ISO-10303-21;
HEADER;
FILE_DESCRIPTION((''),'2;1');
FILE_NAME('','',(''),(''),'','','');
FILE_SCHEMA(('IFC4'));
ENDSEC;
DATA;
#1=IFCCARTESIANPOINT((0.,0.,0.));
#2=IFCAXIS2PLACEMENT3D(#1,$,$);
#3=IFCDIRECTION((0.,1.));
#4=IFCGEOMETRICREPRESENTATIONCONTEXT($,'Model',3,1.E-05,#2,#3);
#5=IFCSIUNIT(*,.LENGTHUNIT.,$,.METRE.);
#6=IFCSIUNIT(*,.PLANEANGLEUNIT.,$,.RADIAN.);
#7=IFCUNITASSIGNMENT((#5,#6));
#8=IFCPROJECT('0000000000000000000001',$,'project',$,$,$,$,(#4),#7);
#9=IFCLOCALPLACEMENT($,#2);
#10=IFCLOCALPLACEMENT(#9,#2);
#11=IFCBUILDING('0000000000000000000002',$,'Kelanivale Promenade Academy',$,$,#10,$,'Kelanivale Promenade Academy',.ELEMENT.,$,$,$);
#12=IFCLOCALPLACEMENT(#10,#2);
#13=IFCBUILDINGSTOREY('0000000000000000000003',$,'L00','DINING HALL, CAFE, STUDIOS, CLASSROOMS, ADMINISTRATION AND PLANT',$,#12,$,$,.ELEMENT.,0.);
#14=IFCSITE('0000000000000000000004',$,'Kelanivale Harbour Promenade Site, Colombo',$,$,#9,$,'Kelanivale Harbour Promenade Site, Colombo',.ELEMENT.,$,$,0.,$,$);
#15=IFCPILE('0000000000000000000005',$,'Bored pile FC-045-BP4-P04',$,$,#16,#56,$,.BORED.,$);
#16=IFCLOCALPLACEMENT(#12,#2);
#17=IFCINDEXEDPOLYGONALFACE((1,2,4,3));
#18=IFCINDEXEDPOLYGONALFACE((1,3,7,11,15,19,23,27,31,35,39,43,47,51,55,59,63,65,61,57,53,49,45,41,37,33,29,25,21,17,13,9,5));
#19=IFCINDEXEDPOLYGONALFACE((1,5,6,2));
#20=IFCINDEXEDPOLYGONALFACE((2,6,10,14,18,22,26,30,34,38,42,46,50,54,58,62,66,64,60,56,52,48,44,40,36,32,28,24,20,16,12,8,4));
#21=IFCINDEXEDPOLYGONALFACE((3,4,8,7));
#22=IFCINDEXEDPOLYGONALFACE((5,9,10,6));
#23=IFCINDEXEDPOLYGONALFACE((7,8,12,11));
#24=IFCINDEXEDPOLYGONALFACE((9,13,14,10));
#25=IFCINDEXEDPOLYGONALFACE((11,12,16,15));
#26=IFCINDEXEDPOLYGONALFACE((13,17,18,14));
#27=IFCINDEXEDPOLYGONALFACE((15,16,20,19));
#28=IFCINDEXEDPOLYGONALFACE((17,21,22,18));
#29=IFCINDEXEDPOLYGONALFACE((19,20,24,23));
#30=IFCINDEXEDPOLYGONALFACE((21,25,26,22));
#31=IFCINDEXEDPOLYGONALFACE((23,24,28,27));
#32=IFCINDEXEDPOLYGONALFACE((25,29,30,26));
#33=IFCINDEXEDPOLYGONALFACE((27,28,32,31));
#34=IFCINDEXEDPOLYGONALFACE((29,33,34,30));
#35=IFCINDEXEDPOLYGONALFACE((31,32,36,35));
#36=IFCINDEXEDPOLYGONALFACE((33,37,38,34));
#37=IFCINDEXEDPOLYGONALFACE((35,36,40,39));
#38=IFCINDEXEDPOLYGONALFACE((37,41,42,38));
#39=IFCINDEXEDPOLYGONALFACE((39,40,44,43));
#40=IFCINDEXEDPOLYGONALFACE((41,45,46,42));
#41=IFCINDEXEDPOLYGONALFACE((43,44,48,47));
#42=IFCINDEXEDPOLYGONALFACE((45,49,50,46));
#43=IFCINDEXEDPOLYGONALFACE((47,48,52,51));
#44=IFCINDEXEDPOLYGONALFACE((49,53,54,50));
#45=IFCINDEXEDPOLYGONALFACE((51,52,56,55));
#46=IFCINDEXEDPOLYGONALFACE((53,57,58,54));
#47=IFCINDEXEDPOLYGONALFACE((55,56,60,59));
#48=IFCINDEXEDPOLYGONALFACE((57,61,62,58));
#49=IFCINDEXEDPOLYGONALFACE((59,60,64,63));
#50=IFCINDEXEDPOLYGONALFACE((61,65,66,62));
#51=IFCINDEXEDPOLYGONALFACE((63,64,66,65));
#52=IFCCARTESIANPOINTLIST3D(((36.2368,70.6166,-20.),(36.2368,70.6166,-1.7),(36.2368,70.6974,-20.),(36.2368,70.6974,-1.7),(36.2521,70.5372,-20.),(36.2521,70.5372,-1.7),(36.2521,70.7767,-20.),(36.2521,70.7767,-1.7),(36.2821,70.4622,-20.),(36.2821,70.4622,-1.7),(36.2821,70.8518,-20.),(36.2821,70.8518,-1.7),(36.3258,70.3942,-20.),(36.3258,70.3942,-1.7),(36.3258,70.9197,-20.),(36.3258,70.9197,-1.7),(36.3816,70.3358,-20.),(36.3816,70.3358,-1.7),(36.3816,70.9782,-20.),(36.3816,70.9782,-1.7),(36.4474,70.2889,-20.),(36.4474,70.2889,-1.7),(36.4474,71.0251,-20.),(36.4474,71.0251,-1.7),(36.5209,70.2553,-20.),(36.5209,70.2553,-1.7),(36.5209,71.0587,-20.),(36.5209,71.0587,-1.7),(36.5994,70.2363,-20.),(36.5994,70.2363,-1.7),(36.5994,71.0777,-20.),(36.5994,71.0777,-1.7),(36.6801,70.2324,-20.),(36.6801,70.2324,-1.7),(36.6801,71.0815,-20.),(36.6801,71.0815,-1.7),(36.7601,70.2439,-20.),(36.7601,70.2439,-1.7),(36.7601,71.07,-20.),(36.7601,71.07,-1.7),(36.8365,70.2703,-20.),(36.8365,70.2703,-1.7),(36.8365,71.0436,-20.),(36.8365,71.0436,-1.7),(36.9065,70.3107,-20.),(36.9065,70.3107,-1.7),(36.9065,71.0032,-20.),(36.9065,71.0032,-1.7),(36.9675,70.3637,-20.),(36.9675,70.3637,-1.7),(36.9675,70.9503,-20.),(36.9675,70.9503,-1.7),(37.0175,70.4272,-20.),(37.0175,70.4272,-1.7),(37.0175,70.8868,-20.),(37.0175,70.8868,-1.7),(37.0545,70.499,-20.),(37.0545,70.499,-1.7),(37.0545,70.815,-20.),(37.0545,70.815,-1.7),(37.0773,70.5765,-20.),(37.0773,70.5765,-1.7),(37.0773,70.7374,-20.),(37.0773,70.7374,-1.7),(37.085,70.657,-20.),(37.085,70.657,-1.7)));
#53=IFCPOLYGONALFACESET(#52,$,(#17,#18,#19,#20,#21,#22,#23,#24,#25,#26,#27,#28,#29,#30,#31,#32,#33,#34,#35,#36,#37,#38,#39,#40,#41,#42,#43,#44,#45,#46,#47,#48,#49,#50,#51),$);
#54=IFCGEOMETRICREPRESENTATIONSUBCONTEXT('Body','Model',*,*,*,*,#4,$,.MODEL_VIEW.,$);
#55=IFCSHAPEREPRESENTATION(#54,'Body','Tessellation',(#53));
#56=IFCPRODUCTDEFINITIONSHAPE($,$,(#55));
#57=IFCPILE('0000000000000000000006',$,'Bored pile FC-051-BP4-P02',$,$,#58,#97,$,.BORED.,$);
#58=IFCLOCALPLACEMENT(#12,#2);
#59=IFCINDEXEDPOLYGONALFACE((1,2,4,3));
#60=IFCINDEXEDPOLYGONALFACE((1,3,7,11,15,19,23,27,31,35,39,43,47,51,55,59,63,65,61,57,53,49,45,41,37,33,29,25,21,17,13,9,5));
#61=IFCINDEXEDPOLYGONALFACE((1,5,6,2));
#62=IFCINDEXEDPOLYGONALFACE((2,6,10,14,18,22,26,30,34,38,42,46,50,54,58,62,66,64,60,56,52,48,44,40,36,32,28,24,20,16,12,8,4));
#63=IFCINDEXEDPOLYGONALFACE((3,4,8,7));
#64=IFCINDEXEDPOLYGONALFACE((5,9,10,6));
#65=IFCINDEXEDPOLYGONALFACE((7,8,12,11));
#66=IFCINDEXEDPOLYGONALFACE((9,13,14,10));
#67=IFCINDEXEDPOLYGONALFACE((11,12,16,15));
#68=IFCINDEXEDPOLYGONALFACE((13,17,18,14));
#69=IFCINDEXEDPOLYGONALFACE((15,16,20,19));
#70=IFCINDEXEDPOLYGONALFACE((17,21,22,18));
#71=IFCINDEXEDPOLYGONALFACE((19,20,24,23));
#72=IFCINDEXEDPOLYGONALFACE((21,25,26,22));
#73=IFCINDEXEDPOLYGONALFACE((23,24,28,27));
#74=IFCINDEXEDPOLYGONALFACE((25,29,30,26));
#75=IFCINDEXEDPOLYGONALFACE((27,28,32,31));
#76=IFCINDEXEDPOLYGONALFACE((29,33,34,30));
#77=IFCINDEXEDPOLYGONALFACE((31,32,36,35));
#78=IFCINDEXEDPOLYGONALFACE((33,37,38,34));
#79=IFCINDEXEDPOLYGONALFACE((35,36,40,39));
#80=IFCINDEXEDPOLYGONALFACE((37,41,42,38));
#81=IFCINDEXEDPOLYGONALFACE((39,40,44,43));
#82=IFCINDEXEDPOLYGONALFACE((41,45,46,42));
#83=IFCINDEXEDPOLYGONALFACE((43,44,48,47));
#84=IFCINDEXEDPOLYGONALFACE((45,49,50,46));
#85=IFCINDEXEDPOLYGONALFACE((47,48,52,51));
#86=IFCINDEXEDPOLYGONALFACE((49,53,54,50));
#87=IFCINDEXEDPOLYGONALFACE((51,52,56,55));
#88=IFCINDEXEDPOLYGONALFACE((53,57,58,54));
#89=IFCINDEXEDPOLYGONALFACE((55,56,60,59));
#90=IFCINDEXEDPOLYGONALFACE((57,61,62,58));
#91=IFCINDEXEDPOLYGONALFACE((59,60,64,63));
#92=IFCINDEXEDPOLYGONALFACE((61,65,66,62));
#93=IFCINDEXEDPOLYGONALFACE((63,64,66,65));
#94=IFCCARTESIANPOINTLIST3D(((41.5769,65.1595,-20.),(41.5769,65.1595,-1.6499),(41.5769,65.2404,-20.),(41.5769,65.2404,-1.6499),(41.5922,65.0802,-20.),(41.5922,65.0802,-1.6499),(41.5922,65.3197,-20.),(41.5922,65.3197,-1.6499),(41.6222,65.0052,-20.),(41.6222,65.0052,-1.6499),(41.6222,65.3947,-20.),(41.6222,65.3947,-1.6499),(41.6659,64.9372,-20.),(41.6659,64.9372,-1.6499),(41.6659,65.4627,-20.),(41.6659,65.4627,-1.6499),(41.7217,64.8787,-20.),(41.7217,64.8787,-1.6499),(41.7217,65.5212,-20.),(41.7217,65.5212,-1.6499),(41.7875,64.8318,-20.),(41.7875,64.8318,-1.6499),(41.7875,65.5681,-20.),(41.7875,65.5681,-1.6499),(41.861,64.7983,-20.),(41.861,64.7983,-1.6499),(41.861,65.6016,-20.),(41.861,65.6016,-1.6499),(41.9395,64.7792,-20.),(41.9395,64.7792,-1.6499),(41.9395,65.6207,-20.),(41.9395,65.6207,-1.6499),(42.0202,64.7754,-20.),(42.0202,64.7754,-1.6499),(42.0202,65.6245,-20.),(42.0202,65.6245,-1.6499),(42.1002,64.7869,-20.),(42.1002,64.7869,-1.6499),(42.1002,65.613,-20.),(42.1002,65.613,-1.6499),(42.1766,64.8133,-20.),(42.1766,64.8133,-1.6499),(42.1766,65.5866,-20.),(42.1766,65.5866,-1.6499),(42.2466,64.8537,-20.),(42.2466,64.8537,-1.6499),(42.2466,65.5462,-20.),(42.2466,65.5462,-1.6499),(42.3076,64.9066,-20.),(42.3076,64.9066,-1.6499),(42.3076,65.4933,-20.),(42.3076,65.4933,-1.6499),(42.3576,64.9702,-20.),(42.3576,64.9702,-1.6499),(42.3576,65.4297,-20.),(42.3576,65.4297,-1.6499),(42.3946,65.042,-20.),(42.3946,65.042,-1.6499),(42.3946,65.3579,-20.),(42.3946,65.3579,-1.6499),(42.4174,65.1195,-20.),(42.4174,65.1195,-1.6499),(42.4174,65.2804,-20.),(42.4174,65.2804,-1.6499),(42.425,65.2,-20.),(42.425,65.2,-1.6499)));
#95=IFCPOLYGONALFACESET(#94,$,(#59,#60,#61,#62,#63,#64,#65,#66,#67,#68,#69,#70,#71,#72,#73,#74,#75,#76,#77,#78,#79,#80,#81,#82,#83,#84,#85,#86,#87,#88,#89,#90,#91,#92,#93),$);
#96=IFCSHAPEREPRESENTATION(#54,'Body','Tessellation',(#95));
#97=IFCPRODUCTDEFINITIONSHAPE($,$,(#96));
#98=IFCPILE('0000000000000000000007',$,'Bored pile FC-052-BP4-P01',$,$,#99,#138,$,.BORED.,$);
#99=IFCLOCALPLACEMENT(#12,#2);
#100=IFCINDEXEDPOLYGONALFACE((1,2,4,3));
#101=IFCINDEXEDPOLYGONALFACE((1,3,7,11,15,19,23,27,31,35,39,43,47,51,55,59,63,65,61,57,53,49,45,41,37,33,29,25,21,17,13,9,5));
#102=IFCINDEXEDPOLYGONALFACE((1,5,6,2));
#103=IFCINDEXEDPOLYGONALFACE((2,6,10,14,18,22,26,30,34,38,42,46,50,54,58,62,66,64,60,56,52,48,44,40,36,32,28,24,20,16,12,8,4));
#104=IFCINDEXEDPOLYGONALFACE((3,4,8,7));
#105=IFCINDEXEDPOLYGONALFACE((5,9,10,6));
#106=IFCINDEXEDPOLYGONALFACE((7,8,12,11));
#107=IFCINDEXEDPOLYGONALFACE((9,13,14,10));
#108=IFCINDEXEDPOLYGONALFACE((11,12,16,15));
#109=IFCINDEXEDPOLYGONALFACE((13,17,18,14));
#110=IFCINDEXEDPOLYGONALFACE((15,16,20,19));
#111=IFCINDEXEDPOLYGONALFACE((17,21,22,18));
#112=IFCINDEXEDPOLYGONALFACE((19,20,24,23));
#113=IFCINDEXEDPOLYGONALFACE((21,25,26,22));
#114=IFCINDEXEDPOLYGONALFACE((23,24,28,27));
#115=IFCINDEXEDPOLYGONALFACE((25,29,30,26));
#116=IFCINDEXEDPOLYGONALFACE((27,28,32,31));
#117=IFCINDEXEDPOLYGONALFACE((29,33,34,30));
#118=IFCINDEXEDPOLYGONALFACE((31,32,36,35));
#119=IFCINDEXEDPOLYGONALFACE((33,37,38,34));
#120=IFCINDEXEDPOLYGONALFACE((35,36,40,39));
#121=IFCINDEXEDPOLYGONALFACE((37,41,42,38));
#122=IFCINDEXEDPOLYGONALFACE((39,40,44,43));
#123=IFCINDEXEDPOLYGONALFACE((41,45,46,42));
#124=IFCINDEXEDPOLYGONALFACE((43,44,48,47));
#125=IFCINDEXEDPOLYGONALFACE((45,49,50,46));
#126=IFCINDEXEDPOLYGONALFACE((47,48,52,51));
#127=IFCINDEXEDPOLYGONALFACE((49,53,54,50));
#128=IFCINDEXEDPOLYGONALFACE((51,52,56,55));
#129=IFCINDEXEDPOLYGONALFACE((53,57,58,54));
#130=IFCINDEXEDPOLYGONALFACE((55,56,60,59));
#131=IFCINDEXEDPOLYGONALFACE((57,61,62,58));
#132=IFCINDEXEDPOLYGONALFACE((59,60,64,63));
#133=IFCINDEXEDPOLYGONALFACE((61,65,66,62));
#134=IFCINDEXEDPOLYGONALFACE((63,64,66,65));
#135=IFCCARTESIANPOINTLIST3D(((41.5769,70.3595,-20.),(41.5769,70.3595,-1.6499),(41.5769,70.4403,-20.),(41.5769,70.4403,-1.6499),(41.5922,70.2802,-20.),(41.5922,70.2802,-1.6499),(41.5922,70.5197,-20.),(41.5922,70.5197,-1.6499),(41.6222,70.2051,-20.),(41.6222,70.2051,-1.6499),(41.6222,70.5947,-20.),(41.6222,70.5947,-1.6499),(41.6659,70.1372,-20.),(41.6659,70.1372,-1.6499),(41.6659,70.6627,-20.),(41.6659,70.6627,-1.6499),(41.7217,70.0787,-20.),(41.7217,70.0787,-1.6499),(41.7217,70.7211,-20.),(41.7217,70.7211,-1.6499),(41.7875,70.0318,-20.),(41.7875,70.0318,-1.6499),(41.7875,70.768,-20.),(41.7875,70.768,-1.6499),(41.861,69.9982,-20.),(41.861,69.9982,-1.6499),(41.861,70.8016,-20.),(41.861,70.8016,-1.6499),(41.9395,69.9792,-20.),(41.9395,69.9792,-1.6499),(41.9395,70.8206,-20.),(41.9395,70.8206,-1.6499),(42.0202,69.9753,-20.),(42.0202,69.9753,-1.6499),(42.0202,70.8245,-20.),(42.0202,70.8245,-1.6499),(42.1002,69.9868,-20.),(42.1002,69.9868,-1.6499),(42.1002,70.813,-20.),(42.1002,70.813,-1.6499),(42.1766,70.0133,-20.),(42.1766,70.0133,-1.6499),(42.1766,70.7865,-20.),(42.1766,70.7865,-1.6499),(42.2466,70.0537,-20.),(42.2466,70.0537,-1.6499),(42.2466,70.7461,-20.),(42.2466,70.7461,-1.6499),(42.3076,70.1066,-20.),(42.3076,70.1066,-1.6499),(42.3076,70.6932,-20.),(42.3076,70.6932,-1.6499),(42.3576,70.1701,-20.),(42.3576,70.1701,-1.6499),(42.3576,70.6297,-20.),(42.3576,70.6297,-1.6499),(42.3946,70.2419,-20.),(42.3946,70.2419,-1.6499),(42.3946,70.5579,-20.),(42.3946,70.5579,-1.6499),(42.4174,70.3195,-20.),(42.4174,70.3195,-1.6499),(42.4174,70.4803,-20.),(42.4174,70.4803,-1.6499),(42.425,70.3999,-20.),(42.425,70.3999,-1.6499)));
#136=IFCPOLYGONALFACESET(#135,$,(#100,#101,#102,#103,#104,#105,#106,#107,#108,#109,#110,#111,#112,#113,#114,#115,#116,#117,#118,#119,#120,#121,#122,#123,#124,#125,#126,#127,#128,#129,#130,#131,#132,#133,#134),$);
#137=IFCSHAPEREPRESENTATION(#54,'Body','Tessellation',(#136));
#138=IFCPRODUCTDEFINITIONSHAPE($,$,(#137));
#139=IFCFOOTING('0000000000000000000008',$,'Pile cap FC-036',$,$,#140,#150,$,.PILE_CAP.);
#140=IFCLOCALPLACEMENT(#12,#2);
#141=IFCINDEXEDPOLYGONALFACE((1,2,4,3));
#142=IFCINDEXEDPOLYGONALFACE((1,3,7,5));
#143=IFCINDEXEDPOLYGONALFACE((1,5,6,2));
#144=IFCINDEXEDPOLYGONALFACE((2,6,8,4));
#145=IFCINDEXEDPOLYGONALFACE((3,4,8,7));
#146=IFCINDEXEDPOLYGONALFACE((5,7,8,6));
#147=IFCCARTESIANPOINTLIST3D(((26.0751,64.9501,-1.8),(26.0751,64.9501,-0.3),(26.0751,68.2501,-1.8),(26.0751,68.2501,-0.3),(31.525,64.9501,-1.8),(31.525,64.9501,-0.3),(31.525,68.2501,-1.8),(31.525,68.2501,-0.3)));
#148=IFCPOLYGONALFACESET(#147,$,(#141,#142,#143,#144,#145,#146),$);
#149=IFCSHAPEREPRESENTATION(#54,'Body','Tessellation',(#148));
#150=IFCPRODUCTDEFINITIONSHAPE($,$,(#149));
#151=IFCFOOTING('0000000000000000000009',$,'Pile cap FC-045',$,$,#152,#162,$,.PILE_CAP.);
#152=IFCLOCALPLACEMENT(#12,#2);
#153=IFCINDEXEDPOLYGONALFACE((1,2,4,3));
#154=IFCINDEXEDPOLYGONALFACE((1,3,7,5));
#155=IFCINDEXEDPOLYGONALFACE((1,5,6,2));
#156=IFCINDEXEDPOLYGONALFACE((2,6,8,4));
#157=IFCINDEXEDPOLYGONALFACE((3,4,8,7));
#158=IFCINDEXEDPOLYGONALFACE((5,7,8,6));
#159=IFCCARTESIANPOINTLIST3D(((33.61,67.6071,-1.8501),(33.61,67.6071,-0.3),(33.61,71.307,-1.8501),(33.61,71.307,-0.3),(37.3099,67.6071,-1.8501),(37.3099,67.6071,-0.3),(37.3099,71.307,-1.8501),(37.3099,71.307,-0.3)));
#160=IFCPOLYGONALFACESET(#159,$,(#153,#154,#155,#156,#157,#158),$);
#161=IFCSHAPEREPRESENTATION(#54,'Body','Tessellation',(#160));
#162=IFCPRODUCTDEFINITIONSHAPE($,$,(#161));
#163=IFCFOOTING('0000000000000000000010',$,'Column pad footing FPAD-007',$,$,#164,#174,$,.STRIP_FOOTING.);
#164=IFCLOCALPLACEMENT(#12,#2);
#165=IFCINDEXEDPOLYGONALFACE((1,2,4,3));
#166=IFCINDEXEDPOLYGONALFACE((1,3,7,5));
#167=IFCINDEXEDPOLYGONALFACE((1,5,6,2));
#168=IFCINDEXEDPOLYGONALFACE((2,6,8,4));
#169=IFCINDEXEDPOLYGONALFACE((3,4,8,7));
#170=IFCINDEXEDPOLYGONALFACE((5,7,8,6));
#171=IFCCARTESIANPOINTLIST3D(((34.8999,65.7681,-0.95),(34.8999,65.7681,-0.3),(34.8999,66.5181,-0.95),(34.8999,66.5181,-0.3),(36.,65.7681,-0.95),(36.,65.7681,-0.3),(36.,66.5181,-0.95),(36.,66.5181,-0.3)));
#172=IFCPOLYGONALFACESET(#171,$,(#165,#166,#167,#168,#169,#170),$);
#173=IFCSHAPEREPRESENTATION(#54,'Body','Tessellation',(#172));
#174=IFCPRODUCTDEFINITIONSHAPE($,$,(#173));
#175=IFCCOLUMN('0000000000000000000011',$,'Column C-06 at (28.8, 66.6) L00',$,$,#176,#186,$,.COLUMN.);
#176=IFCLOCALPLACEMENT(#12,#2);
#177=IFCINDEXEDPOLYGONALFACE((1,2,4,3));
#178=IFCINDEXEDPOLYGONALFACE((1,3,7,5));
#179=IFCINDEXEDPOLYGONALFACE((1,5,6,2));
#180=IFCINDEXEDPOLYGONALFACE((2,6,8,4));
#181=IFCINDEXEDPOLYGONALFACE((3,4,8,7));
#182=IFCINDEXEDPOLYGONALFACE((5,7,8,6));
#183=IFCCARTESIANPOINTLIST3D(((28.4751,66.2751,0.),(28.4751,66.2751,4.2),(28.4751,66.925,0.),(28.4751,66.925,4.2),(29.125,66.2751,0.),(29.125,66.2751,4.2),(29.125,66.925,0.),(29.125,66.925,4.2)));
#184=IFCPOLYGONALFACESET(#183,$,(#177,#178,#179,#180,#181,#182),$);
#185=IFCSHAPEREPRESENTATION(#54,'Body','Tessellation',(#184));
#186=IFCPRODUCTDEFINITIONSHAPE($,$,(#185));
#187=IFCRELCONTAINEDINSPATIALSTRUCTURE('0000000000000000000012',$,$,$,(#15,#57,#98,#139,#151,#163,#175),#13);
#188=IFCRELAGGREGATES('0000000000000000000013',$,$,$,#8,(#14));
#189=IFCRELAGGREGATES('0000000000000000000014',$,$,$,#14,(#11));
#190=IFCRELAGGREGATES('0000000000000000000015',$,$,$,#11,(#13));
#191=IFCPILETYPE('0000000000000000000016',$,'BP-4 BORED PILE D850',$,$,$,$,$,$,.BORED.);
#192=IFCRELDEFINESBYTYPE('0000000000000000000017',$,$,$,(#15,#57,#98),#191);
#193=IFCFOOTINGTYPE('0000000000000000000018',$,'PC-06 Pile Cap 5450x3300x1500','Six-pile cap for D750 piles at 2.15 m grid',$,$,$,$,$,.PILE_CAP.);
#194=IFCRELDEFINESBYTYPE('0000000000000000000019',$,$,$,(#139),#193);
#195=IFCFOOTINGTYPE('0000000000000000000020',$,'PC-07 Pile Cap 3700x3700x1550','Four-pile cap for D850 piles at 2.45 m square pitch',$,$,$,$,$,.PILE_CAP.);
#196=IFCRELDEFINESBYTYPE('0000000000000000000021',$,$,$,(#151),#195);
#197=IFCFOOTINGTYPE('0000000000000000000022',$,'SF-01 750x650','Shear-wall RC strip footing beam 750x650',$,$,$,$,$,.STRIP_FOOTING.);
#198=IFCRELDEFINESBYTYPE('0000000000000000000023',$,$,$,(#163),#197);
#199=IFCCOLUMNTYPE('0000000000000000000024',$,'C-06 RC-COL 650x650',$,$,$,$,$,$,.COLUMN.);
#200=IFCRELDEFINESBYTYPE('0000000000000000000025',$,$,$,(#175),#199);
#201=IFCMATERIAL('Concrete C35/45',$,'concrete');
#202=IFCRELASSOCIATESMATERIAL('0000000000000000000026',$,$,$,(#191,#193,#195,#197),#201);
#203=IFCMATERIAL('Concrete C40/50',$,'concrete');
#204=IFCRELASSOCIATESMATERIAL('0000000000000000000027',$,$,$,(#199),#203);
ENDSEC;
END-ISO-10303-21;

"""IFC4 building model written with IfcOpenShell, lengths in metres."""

from ifc_helpers import new_model, si_unit, direction, frame, origin, origin_2d, place, context, subcontext, project, spatial, rectangle, circle, extrude, material, material_profile, profile_set, type_object, element, save


model = new_model("IFC4")

# Units and contexts
model_context = context("Model", 3, precision=1e-05, world=origin(), true_north=direction((0.0, 1.0)))
body_context = subcontext(model_context, "Body", "Model", "MODEL_VIEW")
ifc_project = project(units=[si_unit("LENGTHUNIT", "METRE"), si_unit("PLANEANGLEUNIT", "RADIAN")], contexts=[model_context])

# Site, building, storey
site_placement = place(None, origin())
site = spatial("IfcSite", under=ifc_project, at=site_placement, Name="Kelanivale Harbour Promenade Site, Colombo", LongName="Kelanivale Harbour Promenade Site, Colombo", CompositionType="ELEMENT", RefElevation=0.0)
building_placement = place(site_placement, origin())
building = spatial("IfcBuilding", under=site, at=building_placement, Name="Kelanivale Promenade Academy", LongName="Kelanivale Promenade Academy", CompositionType="ELEMENT")
storey_placement = place(building_placement, origin())
storey = spatial("IfcBuildingStorey", under=building, at=storey_placement, Name="L00", Description="DINING HALL, CAFE, STUDIOS, CLASSROOMS, ADMINISTRATION AND PLANT", CompositionType="ELEMENT", Elevation=0.0)

# Piles
ifc_material_1 = material(Name="Concrete C35/45", Category="concrete")
ifc_material_profile_1 = material_profile(ifc_material_1, circle(Radius=0.425, at=origin_2d()), Name="BORED PILE D850")
ifc_profile_set_1 = profile_set([ifc_material_profile_1], Name="Concrete C35/45")
pile_type_1 = type_object("IfcPileType", Name="BP-4 BORED PILE D850", PredefinedType="BORED", material=ifc_profile_set_1)
for number, where, z_axis, x_axis, name in (
    (1, (36.6599, 70.657, -1.7), (0.0, 0.0, -1.0), (1.0, 0.0, 0.0), "Bored pile FC-045-BP4-P04"),
):
    element("IfcPile", number, at=place(storey_placement, frame(where, z_axis=z_axis, x_axis=x_axis)), inside=storey, type_object=pile_type_1, Name=name, PredefinedType="BORED", context=body_context, shape_type="SweptSolid", body=[
        extrude(circle(Radius=0.425, at=origin_2d()), origin(), (0.0, 0.0, 1.0), 18.3),
    ])
for number, where, z_axis, x_axis, name in (
    (2, (42.0, 65.2, -1.6499), (0.0, 0.0, -1.0), (1.0, 0.0, 0.0), "Bored pile FC-051-BP4-P02"),
    (3, (42.0, 70.3999, -1.6499), (0.0, 0.0, -1.0), (1.0, 0.0, 0.0), "Bored pile FC-052-BP4-P01"),
):
    element("IfcPile", number, at=place(storey_placement, frame(where, z_axis=z_axis, x_axis=x_axis)), inside=storey, type_object=pile_type_1, Name=name, PredefinedType="BORED", context=body_context, shape_type="SweptSolid", body=[
        extrude(circle(Radius=0.425, at=origin_2d()), origin(), (0.0, 0.0, 1.0), 18.3501),
    ])

# Footings
footing_type_1 = type_object("IfcFootingType", Name="PC-06 Pile Cap 5450x3300x1500", Description="Six-pile cap for D750 piles at 2.15 m grid", PredefinedType="PILE_CAP", material=ifc_material_1)
footing_1_placement = place(storey_placement, frame((28.8, 66.6001, -1.8), z_axis=(0.0, 0.0, 1.0), x_axis=(1.0, 0.0, 0.0)))
element("IfcFooting", 4, at=footing_1_placement, inside=storey, type_object=footing_type_1, Name="Pile cap FC-036", PredefinedType="PILE_CAP", context=body_context, shape_type="SweptSolid", body=[
    extrude(rectangle(XDim=5.45, YDim=3.3, at=origin_2d()), origin(), (0.0, 0.0, 1.0), 1.5),
])
footing_type_2 = type_object("IfcFootingType", Name="PC-07 Pile Cap 3700x3700x1550", Description="Four-pile cap for D850 piles at 2.45 m square pitch", PredefinedType="PILE_CAP", material=ifc_material_1)
footing_2_placement = place(storey_placement, frame((35.46, 69.457, -1.8501), z_axis=(0.0, 0.0, 1.0), x_axis=(1.0, 0.0, 0.0)))
element("IfcFooting", 5, at=footing_2_placement, inside=storey, type_object=footing_type_2, Name="Pile cap FC-045", PredefinedType="PILE_CAP", context=body_context, shape_type="SweptSolid", body=[
    extrude(rectangle(XDim=3.7, YDim=3.7, at=origin_2d()), origin(), (0.0, 0.0, 1.0), 1.55),
])
footing_type_3 = type_object("IfcFootingType", Name="SF-01 750x650", Description="Shear-wall RC strip footing beam 750x650", PredefinedType="STRIP_FOOTING", material=ifc_material_1)
footing_3_placement = place(storey_placement, frame((35.45, 66.1431, -0.95), z_axis=(0.0, 0.0, 1.0), x_axis=(1.0, 0.0, 0.0)))
element("IfcFooting", 6, at=footing_3_placement, inside=storey, type_object=footing_type_3, Name="Column pad footing FPAD-007", PredefinedType="STRIP_FOOTING", context=body_context, shape_type="SweptSolid", body=[
    extrude(rectangle(XDim=1.1001, YDim=0.75, at=origin_2d()), origin(), (0.0, 0.0, 1.0), 0.6499),
])

# Column
ifc_material_2 = material(Name="Concrete C40/50", Category="concrete")
ifc_material_profile_2 = material_profile(ifc_material_2, rectangle(XDim=0.6499, YDim=0.6499, at=origin_2d()), Name="RC-COL 650x650")
ifc_profile_set_2 = profile_set([ifc_material_profile_2], Name="Concrete C40/50")
column_type_1 = type_object("IfcColumnType", Name="C-06 RC-COL 650x650", PredefinedType="COLUMN", material=ifc_profile_set_2)
column_1_placement = place(storey_placement, frame((28.8, 66.6001, 0.0), z_axis=(0.0, 0.0, 1.0), x_axis=(1.0, 0.0, 0.0)))
element("IfcColumn", 7, at=column_1_placement, inside=storey, type_object=column_type_1, Name="Column C-06 at (28.8, 66.6) L00", PredefinedType="COLUMN", context=body_context, shape_type="SweptSolid", body=[
    extrude(rectangle(XDim=0.6499, YDim=0.6499, at=origin_2d()), origin(), (0.0, 0.0, 1.0), 4.2),
])

save(model, "model.ifc")
